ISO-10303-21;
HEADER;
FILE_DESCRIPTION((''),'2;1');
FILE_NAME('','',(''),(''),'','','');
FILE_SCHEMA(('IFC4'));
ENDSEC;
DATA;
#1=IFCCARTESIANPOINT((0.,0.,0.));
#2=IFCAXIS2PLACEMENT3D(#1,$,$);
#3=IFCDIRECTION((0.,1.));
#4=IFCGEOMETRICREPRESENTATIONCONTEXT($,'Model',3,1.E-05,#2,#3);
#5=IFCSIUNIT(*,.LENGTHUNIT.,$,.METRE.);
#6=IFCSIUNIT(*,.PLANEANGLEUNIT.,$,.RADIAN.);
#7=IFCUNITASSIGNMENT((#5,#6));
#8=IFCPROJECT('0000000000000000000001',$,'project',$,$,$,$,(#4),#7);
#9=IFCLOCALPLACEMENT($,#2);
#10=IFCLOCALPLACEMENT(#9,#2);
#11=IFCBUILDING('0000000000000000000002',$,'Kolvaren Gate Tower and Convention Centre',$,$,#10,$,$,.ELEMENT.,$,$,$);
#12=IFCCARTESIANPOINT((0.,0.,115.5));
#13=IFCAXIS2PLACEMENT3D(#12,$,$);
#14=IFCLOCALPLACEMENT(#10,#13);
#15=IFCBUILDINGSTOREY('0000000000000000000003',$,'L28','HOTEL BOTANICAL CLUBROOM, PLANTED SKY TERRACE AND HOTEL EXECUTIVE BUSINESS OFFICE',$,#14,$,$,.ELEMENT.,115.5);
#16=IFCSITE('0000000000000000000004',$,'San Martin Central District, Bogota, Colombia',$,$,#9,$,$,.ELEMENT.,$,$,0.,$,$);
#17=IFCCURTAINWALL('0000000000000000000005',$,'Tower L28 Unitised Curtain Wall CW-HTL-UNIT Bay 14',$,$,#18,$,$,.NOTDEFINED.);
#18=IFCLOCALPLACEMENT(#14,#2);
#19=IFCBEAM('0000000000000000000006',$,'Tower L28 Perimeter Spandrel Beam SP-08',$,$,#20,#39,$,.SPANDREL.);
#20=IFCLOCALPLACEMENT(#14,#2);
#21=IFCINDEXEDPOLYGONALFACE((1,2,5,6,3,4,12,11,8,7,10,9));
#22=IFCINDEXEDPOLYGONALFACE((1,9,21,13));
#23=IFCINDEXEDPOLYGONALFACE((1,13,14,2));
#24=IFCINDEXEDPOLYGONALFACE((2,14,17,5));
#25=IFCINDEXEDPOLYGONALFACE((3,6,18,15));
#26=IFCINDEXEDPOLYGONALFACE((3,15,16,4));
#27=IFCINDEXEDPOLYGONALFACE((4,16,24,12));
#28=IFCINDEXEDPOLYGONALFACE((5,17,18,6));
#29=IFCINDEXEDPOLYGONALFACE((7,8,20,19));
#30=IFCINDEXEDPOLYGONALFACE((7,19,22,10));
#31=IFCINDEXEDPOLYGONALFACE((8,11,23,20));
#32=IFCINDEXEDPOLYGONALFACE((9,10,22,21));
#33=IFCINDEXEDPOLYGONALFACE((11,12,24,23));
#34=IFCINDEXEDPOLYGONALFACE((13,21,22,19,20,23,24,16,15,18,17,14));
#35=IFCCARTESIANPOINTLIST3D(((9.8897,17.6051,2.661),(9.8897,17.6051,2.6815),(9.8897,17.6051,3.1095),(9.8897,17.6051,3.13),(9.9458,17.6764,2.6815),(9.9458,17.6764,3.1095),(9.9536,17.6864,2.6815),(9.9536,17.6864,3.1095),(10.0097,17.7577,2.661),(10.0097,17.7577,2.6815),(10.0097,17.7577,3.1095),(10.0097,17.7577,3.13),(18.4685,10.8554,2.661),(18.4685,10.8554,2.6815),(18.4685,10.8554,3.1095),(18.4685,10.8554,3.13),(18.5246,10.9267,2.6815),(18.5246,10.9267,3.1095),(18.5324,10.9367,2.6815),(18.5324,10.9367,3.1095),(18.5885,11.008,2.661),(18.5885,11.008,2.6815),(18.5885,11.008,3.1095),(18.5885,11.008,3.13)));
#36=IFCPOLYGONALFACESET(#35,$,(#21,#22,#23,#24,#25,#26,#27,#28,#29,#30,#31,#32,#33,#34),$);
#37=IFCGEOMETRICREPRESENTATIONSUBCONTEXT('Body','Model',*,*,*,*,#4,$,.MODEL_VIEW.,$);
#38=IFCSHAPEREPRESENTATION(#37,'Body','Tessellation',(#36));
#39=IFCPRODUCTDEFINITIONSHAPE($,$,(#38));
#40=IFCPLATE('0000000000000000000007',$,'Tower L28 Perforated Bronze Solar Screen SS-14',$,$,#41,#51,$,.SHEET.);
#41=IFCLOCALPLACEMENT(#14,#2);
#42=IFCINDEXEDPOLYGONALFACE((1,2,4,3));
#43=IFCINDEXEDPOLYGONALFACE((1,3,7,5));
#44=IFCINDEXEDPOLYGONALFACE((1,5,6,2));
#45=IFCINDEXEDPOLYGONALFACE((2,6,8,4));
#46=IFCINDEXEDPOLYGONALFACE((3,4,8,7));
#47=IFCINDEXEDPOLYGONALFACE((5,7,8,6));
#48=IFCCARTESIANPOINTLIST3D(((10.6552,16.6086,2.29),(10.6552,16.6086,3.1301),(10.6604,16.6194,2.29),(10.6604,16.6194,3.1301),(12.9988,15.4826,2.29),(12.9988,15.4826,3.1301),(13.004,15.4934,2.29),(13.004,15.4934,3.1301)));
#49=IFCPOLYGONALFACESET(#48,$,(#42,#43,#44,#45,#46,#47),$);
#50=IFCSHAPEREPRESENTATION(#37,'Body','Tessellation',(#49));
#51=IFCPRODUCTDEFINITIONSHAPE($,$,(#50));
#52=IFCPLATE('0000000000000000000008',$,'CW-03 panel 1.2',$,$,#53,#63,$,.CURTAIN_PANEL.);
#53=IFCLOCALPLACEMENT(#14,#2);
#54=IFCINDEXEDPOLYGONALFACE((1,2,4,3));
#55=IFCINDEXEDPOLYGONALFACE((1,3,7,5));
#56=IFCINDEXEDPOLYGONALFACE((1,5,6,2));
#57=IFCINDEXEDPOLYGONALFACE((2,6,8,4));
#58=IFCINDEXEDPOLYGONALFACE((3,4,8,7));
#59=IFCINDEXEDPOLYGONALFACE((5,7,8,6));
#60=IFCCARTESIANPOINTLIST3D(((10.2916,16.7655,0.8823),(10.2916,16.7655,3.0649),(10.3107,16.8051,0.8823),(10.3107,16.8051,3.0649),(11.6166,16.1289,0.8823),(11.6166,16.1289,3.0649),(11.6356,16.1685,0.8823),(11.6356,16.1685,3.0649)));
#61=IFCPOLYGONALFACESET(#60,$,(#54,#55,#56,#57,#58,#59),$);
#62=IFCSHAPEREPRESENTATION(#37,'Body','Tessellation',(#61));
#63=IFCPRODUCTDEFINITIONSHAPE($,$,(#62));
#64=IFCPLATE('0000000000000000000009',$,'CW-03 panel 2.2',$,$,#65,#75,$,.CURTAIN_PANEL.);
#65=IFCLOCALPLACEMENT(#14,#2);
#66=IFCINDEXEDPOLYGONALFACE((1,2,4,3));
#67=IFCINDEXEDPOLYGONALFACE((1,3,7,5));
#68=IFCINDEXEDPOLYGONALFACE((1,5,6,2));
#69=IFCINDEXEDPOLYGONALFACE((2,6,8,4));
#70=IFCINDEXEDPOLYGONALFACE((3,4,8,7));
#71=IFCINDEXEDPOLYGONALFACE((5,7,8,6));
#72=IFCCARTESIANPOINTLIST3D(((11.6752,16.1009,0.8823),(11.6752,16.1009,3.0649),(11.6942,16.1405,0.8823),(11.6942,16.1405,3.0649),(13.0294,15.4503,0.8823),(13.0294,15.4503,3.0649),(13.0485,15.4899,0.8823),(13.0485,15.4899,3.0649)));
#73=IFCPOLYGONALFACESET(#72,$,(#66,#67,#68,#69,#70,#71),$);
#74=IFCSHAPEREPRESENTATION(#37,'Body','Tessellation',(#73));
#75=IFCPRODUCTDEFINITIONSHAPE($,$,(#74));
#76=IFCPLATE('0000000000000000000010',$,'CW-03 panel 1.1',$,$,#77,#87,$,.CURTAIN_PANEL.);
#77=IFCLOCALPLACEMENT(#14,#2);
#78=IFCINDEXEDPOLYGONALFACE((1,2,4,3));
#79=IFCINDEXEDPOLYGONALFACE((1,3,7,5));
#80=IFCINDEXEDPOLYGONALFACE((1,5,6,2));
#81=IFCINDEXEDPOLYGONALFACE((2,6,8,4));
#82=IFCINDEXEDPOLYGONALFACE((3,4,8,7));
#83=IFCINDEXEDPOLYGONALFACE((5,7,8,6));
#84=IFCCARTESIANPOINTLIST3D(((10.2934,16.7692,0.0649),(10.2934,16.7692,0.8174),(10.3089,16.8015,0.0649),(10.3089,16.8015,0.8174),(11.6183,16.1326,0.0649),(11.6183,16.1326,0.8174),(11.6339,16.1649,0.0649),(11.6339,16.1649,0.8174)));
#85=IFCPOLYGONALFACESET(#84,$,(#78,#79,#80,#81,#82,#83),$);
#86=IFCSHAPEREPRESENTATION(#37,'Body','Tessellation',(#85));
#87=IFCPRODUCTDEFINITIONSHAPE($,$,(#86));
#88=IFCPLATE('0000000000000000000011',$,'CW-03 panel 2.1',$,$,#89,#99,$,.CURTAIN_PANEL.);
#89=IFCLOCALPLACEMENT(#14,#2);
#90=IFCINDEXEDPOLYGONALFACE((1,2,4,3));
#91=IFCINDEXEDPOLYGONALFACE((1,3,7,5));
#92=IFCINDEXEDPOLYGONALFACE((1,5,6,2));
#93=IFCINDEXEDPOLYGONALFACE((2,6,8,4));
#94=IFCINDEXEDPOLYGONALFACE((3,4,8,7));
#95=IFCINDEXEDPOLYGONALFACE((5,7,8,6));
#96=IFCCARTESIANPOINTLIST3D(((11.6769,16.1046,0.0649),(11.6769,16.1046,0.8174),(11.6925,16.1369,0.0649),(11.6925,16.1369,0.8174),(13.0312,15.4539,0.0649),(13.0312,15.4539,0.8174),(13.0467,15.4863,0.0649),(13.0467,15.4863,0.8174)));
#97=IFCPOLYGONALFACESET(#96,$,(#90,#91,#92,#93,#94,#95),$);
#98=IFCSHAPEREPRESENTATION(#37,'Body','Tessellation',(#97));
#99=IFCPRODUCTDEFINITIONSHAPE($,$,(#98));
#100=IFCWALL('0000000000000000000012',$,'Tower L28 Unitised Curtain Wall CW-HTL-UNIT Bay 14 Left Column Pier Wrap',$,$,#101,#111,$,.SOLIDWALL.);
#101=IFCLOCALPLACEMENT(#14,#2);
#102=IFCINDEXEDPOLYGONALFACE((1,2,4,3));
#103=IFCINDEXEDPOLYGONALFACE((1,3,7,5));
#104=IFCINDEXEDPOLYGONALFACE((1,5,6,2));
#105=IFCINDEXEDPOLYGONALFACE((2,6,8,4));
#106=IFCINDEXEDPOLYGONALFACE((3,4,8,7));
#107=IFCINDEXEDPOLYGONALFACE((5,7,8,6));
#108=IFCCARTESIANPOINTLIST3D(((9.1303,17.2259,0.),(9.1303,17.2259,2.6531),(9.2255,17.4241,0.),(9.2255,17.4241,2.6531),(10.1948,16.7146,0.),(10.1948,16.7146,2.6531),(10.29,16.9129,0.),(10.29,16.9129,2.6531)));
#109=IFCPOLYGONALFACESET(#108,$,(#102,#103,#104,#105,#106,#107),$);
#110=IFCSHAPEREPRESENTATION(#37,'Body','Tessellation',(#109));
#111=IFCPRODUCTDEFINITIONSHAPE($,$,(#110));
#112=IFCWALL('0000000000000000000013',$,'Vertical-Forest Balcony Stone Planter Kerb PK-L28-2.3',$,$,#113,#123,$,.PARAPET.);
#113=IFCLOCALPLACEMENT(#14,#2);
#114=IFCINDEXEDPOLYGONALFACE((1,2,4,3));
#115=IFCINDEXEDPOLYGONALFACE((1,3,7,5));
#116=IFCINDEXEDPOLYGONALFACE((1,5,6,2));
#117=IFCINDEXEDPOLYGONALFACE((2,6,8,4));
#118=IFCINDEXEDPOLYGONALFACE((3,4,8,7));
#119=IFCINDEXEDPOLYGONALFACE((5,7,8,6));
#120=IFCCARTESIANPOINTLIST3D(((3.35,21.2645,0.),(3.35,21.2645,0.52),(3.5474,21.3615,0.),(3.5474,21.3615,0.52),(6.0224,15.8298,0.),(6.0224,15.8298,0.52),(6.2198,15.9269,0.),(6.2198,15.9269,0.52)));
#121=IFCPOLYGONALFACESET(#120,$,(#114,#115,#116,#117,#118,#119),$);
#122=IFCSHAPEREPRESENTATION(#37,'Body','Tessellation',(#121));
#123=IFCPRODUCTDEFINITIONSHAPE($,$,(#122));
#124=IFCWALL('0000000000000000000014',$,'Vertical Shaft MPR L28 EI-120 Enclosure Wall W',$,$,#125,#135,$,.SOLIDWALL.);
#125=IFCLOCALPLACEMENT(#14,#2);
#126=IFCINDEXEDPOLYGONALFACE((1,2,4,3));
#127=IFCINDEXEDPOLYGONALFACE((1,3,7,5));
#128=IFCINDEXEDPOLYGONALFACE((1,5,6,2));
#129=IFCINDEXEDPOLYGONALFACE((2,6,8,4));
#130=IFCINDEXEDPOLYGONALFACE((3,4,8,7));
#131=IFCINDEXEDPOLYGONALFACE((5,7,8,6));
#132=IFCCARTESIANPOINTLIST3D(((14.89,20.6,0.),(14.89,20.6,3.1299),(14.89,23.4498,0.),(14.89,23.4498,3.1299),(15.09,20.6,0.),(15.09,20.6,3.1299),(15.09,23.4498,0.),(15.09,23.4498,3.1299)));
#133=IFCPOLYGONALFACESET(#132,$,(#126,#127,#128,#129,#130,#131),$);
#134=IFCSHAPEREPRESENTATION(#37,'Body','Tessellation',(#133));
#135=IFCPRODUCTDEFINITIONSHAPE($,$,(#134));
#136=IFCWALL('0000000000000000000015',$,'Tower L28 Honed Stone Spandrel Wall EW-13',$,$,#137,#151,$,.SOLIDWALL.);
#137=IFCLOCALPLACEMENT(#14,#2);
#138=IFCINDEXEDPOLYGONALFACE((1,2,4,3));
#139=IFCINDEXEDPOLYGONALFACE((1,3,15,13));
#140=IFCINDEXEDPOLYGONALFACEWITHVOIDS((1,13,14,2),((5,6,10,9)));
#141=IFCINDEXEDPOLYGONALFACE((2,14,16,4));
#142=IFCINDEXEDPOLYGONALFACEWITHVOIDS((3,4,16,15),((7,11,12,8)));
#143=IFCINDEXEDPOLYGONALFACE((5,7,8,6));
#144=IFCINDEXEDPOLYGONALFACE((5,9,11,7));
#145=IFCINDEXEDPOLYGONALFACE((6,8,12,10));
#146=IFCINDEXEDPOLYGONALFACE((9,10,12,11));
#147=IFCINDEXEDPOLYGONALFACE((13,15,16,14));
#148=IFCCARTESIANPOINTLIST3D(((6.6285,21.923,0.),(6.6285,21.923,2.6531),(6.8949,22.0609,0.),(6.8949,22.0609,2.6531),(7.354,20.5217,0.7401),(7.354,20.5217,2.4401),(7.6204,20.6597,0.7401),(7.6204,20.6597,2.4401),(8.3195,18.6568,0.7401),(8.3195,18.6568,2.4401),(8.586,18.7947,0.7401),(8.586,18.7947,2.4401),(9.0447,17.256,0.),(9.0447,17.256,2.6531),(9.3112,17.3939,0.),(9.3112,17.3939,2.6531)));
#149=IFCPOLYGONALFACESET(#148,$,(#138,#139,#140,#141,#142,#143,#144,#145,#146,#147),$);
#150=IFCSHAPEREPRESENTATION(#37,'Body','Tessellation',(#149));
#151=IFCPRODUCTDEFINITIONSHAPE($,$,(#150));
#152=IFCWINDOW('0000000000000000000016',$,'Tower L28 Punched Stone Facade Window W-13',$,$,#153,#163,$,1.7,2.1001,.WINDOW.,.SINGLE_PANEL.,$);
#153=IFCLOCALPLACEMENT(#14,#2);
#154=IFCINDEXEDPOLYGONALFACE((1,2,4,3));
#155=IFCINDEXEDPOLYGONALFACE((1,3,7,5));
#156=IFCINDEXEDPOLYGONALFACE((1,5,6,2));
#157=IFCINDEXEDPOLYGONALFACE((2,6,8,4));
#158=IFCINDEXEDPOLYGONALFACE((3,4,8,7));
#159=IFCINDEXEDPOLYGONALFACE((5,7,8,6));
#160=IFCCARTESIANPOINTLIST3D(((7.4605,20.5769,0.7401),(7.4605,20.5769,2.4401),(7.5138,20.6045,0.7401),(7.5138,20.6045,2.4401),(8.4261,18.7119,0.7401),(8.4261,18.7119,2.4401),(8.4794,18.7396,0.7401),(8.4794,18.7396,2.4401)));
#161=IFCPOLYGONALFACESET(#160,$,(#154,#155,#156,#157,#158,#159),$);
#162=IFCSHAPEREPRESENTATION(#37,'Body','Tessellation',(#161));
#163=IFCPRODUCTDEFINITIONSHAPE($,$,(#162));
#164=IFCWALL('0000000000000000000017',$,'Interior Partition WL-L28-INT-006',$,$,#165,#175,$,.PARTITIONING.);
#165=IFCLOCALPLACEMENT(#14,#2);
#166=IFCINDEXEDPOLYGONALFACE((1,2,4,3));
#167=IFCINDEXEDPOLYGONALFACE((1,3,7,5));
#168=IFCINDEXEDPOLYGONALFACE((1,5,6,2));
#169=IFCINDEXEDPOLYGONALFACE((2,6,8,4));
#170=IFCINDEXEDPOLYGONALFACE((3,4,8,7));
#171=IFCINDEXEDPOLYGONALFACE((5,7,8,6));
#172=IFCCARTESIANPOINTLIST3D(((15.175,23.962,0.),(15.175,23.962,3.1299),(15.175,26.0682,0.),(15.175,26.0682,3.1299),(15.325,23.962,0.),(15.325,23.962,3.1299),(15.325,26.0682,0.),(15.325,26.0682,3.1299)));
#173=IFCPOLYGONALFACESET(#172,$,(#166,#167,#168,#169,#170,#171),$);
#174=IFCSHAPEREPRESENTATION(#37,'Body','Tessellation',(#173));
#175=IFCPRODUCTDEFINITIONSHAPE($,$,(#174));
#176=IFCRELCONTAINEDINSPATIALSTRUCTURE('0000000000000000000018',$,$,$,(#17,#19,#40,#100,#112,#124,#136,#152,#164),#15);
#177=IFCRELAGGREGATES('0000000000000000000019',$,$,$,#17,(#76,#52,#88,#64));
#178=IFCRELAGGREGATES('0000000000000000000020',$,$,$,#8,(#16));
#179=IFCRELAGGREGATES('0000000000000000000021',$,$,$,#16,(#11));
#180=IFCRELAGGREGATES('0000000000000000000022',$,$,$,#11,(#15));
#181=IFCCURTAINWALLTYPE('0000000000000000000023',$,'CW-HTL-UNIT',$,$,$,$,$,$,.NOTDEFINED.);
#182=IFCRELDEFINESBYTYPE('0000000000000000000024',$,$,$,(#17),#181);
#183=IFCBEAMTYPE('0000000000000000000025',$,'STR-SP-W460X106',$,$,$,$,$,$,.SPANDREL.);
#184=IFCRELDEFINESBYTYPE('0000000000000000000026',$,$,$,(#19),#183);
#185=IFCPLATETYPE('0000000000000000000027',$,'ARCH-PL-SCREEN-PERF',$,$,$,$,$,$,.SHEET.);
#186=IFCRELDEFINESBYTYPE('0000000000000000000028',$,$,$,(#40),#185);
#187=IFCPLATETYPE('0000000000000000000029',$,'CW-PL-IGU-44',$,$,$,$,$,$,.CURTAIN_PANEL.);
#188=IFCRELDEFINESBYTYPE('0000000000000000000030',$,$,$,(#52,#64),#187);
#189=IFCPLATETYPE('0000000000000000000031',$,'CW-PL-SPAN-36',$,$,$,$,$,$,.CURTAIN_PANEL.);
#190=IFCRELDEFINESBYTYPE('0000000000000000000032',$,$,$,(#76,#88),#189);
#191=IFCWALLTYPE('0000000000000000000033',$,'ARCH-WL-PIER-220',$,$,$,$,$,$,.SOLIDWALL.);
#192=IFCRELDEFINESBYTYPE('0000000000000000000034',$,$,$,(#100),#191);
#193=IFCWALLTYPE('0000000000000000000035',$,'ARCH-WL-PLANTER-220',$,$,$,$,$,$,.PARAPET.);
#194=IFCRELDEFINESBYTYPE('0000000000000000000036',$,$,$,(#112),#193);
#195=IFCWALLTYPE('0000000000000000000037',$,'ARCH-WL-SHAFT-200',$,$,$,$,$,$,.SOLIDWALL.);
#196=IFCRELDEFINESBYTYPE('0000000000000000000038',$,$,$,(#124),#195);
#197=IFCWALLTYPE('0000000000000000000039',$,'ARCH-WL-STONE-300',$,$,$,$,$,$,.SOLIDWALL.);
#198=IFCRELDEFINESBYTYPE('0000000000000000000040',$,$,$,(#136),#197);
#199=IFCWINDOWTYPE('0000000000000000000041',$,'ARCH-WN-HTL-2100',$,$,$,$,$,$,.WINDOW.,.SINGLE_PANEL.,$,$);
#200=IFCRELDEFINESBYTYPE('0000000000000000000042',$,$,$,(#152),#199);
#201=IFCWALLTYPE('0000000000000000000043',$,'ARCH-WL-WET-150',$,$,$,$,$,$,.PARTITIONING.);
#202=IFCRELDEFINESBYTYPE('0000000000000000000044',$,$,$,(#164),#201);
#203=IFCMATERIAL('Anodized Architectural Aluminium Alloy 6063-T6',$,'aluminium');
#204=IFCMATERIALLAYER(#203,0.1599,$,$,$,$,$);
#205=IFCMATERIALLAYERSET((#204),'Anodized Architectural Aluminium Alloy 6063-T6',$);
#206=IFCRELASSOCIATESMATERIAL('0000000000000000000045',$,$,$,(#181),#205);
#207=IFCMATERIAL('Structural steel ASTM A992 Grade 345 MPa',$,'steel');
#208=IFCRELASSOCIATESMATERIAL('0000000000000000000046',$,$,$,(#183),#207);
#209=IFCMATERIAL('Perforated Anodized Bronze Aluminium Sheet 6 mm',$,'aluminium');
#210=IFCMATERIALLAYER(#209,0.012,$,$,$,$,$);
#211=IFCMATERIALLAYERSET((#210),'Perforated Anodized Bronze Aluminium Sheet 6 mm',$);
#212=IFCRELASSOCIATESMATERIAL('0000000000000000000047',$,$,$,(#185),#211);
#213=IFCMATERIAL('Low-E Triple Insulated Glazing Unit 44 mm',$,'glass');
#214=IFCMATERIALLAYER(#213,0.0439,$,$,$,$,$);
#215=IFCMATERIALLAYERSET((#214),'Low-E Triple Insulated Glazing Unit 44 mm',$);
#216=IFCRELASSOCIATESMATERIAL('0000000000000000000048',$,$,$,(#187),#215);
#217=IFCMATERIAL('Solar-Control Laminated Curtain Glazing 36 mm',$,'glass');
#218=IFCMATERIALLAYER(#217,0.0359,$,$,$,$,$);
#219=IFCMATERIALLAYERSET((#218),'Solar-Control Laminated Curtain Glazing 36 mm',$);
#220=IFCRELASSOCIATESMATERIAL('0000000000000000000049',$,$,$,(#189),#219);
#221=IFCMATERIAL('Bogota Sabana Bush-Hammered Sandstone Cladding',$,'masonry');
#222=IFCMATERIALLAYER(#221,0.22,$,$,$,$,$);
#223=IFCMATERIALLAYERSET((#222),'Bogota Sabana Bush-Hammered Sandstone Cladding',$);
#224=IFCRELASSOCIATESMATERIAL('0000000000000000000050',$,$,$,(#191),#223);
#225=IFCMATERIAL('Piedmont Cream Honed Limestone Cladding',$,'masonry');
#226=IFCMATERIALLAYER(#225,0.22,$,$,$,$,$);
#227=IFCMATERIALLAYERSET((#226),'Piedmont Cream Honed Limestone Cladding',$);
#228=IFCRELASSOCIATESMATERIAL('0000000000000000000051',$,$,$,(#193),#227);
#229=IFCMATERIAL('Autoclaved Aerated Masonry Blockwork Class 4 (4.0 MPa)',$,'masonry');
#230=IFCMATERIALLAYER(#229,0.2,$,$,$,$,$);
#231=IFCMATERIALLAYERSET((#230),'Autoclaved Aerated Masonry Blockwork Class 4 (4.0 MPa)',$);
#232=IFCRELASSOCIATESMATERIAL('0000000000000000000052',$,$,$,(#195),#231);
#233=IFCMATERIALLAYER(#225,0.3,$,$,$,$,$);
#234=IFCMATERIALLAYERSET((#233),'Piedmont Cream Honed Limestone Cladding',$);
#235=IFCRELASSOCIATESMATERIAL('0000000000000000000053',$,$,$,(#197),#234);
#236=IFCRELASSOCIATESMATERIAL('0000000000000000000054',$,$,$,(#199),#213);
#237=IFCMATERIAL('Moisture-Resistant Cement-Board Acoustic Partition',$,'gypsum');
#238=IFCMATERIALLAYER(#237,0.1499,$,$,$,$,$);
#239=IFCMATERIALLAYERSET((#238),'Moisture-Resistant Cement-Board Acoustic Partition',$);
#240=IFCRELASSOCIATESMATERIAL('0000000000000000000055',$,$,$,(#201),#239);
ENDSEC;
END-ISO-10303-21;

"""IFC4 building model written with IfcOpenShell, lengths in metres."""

from ifc_helpers import new_model, si_unit, direction, frame, frame_2d, origin, origin_2d, place, context, subcontext, project, spatial, rectangle, i_section, extrude, material, layer, layer_set, material_profile, profile_set, type_object, element, fill, aggregate, save


model = new_model("IFC4")

# Units and contexts
model_context = context("Model", 3, precision=1e-05, world=origin(), true_north=direction((0.0, 1.0)))
body_context = subcontext(model_context, "Body", "Model", "MODEL_VIEW")
ifc_project = project(units=[si_unit("LENGTHUNIT", "METRE"), si_unit("PLANEANGLEUNIT", "RADIAN")], contexts=[model_context])

# Site, building, storey
site_placement = place(None, origin())
site = spatial("IfcSite", under=ifc_project, at=site_placement, Name="San Martin Central District, Bogota, Colombia", CompositionType="ELEMENT", RefElevation=0.0)
building_placement = place(site_placement, origin())
building = spatial("IfcBuilding", under=site, at=building_placement, Name="Kolvaren Gate Tower and Convention Centre", CompositionType="ELEMENT")
storey_placement = place(building_placement, frame((0.0, 0.0, 115.5)))
storey = spatial("IfcBuildingStorey", under=building, at=storey_placement, Name="L28", Description="HOTEL BOTANICAL CLUBROOM, PLANTED SKY TERRACE AND HOTEL EXECUTIVE BUSINESS OFFICE", CompositionType="ELEMENT", Elevation=115.5)

# Curtain wall
ifc_material_1 = material(Name="Anodized Architectural Aluminium Alloy 6063-T6", Category="aluminium")
ifc_layer_1 = layer(ifc_material_1, 0.1599)
ifc_layer_set_1 = layer_set([ifc_layer_1], Name="Anodized Architectural Aluminium Alloy 6063-T6")
curtain_wall_type = type_object("IfcCurtainWallType", Name="CW-HTL-UNIT", PredefinedType="NOTDEFINED", material=ifc_layer_set_1)
curtain_wall_placement = place(storey_placement, origin())
curtain_wall = element("IfcCurtainWall", 1, at=curtain_wall_placement, inside=storey, type_object=curtain_wall_type, Name="Tower L28 Unitised Curtain Wall CW-HTL-UNIT Bay 14", PredefinedType="NOTDEFINED")

# Beam
ifc_material_2 = material(Name="Structural steel ASTM A992 Grade 345 MPa", Category="steel")
ifc_material_profile_1 = material_profile(ifc_material_2, i_section(OverallWidth=0.1941, OverallDepth=0.469, WebThickness=0.0127, FlangeThickness=0.0205, at=origin_2d()), Name="W460X106")
ifc_profile_set_1 = profile_set([ifc_material_profile_1], Name="Structural steel ASTM A992 Grade 345 MPa")
beam_type_1 = type_object("IfcBeamType", Name="STR-SP-W460X106", PredefinedType="SPANDREL", material=ifc_profile_set_1)
beam_1_placement = place(storey_placement, frame((9.9497, 17.6814, 2.8955), z_axis=(0.785908, -0.618344, 0.0), x_axis=(0.618344, 0.785908, 0.0)))
element("IfcBeam", 2, at=beam_1_placement, inside=storey, type_object=beam_type_1, Name="Tower L28 Perimeter Spandrel Beam SP-08", PredefinedType="SPANDREL", context=body_context, shape_type="SweptSolid", body=[
    extrude(i_section(OverallWidth=0.1941, OverallDepth=0.469, WebThickness=0.0127, FlangeThickness=0.0205, at=origin_2d()), origin(), (0.0, 0.0, 1.0), 10.9158),
])

# Plates
ifc_material_3 = material(Name="Perforated Anodized Bronze Aluminium Sheet 6 mm", Category="aluminium")
ifc_layer_2 = layer(ifc_material_3, 0.012)
ifc_layer_set_2 = layer_set([ifc_layer_2], Name="Perforated Anodized Bronze Aluminium Sheet 6 mm")
plate_type_1 = type_object("IfcPlateType", Name="ARCH-PL-SCREEN-PERF", PredefinedType="SHEET", material=ifc_layer_set_2)
plate_1_placement = place(storey_placement, frame((11.8296, 16.051, 2.29), z_axis=(0.0, 0.0, 1.0), x_axis=(0.901363, -0.433065, 0.0)))
element("IfcPlate", 3, at=plate_1_placement, inside=storey, type_object=plate_type_1, Name="Tower L28 Perforated Bronze Solar Screen SS-14", PredefinedType="SHEET", context=body_context, shape_type="SweptSolid", body=[
    extrude(rectangle(XDim=2.6001, YDim=0.012, at=origin_2d()), origin(), (0.0, 0.0, 1.0), 0.8401),
])
ifc_material_4 = material(Name="Low-E Triple Insulated Glazing Unit 44 mm", Category="glass")
ifc_layer_3 = layer(ifc_material_4, 0.0439)
ifc_layer_set_3 = layer_set([ifc_layer_3], Name="Low-E Triple Insulated Glazing Unit 44 mm")
plate_type_2 = type_object("IfcPlateType", Name="CW-PL-IGU-44", PredefinedType="CURTAIN_PANEL", material=ifc_layer_set_3)
plate_2_placement = place(storey_placement, frame((10.9636, 16.467, 0.8823), z_axis=(0.0, 0.0, 1.0), x_axis=(0.901359, -0.433073, 0.0)))
plate_2 = element("IfcPlate", 4, at=plate_2_placement, type_object=plate_type_2, Name="CW-03 panel 1.2", PredefinedType="CURTAIN_PANEL", context=body_context, shape_type="SweptSolid", body=[
    extrude(rectangle(XDim=1.47, YDim=0.0439, at=origin_2d()), origin(), (0.0, 0.0, 1.0), 2.1826),
])
plate_3_placement = place(storey_placement, frame((12.3618, 15.7954, 0.8823), z_axis=(0.0, 0.0, 1.0), x_axis=(0.901359, -0.433073, 0.0)))
plate_3 = element("IfcPlate", 5, at=plate_3_placement, type_object=plate_type_2, Name="CW-03 panel 2.2", PredefinedType="CURTAIN_PANEL", context=body_context, shape_type="SweptSolid", body=[
    extrude(rectangle(XDim=1.5024, YDim=0.0439, at=origin_2d()), origin(), (0.0, 0.0, 1.0), 2.1826),
])
ifc_material_5 = material(Name="Solar-Control Laminated Curtain Glazing 36 mm", Category="glass")
ifc_layer_4 = layer(ifc_material_5, 0.0359)
ifc_layer_set_4 = layer_set([ifc_layer_4], Name="Solar-Control Laminated Curtain Glazing 36 mm")
plate_type_3 = type_object("IfcPlateType", Name="CW-PL-SPAN-36", PredefinedType="CURTAIN_PANEL", material=ifc_layer_set_4)
plate_4_placement = place(storey_placement, frame((10.9636, 16.467, 0.0649), z_axis=(0.0, 0.0, 1.0), x_axis=(0.901359, -0.433073, 0.0)))
plate_4 = element("IfcPlate", 6, at=plate_4_placement, type_object=plate_type_3, Name="CW-03 panel 1.1", PredefinedType="CURTAIN_PANEL", context=body_context, shape_type="SweptSolid", body=[
    extrude(rectangle(XDim=1.47, YDim=0.0359, at=origin_2d()), origin(), (0.0, 0.0, 1.0), 0.7524),
])
plate_5_placement = place(storey_placement, frame((12.3618, 15.7954, 0.0649), z_axis=(0.0, 0.0, 1.0), x_axis=(0.901359, -0.433073, 0.0)))
plate_5 = element("IfcPlate", 7, at=plate_5_placement, type_object=plate_type_3, Name="CW-03 panel 2.1", PredefinedType="CURTAIN_PANEL", context=body_context, shape_type="SweptSolid", body=[
    extrude(rectangle(XDim=1.5024, YDim=0.0359, at=origin_2d()), origin(), (0.0, 0.0, 1.0), 0.7524),
])
aggregate(curtain_wall, [plate_4, plate_2, plate_5, plate_3])

# Walls
ifc_material_6 = material(Name="Bogota Sabana Bush-Hammered Sandstone Cladding", Category="masonry")
ifc_layer_5 = layer(ifc_material_6, 0.22)
ifc_layer_set_5 = layer_set([ifc_layer_5], Name="Bogota Sabana Bush-Hammered Sandstone Cladding")
wall_type_1 = type_object("IfcWallType", Name="ARCH-WL-PIER-220", PredefinedType="SOLIDWALL", material=ifc_layer_set_5)
wall_1_placement = place(storey_placement, frame((9.178, 17.325, 0.0), z_axis=(0.0, 0.0, 1.0), x_axis=(0.901426, -0.432933, 0.0)))
element("IfcWall", 8, at=wall_1_placement, inside=storey, type_object=wall_type_1, Name="Tower L28 Unitised Curtain Wall CW-HTL-UNIT Bay 14 Left Column Pier Wrap", PredefinedType="SOLIDWALL", context=body_context, shape_type="SweptSolid", body=[
    extrude(rectangle(XDim=1.1809, YDim=0.22, at=frame_2d((0.5903, 0.0))), origin(), (0.0, 0.0, 1.0), 2.6531),
])
ifc_material_7 = material(Name="Piedmont Cream Honed Limestone Cladding", Category="masonry")
ifc_layer_6 = layer(ifc_material_7, 0.22)
ifc_layer_set_6 = layer_set([ifc_layer_6], Name="Piedmont Cream Honed Limestone Cladding")
wall_type_2 = type_object("IfcWallType", Name="ARCH-WL-PLANTER-220", PredefinedType="PARAPET", material=ifc_layer_set_6)
wall_2_placement = place(storey_placement, frame((3.4487, 21.313, 0.0), z_axis=(0.0, 0.0, 1.0), x_axis=(0.44127, -0.897375, 0.0)))
element("IfcWall", 9, at=wall_2_placement, inside=storey, type_object=wall_type_2, Name="Vertical-Forest Balcony Stone Planter Kerb PK-L28-2.3", PredefinedType="PARAPET", context=body_context, shape_type="SweptSolid", body=[
    extrude(rectangle(XDim=6.0562, YDim=0.22, at=frame_2d((3.0281, 0.0))), origin(), (0.0, 0.0, 1.0), 0.52),
])
ifc_material_8 = material(Name="Autoclaved Aerated Masonry Blockwork Class 4 (4.0 MPa)", Category="masonry")
ifc_layer_7 = layer(ifc_material_8, 0.2)
ifc_layer_set_7 = layer_set([ifc_layer_7], Name="Autoclaved Aerated Masonry Blockwork Class 4 (4.0 MPa)")
wall_type_3 = type_object("IfcWallType", Name="ARCH-WL-SHAFT-200", PredefinedType="SOLIDWALL", material=ifc_layer_set_7)
wall_3_placement = place(storey_placement, frame((14.99, 20.6001, 0.0), z_axis=(0.0, 0.0, 1.0), x_axis=(0.0, 1.0, 0.0)))
element("IfcWall", 10, at=wall_3_placement, inside=storey, type_object=wall_type_3, Name="Vertical Shaft MPR L28 EI-120 Enclosure Wall W", PredefinedType="SOLIDWALL", context=body_context, shape_type="SweptSolid", body=[
    extrude(rectangle(XDim=2.8499, YDim=0.2, at=frame_2d((1.4248, 0.0))), origin(), (0.0, 0.0, 1.0), 3.1299),
])

# Wall, opening, window
ifc_layer_8 = layer(ifc_material_7, 0.3)
ifc_layer_set_8 = layer_set([ifc_layer_8], Name="Piedmont Cream Honed Limestone Cladding")
wall_type_4 = type_object("IfcWallType", Name="ARCH-WL-STONE-300", PredefinedType="SOLIDWALL", material=ifc_layer_set_8)
wall_4_placement = place(storey_placement, frame((6.7617, 21.9919, 0.0), z_axis=(0.0, 0.0, 1.0), x_axis=(0.459768, -0.888039, 0.0)))
wall_4 = element("IfcWall", 11, at=wall_4_placement, inside=storey, type_object=wall_type_4, Name="Tower L28 Honed Stone Spandrel Wall EW-13", PredefinedType="SOLIDWALL", context=body_context, shape_type="SweptSolid", body=[
    extrude(rectangle(XDim=5.2554, YDim=0.3, at=frame_2d((2.6277, 0.0))), origin(), (0.0, 0.0, 1.0), 2.6531),
])
opening_placement = place(wall_4_placement, frame((1.5779, 0.0, 0.74)))
opening = element("IfcOpeningElement", 12, at=opening_placement, cuts=wall_4, PredefinedType="OPENING", context=body_context, shape_type="SweptSolid", body=[
    extrude(rectangle(XDim=2.1001, YDim=1.7, at=frame_2d((1.05, 0.8501))), frame((0.0, 0.1599, 0.0), z_axis=(0.0, -1.0, 0.0), x_axis=(1.0, 0.0, 0.0)), (0.0, 0.0, 1.0), 0.3201),
])
window_type = type_object("IfcWindowType", Name="ARCH-WN-HTL-2100", PartitioningType="SINGLE_PANEL", PredefinedType="WINDOW", material=ifc_material_4)
window_placement = place(opening_placement, origin())
window = element("IfcWindow", 13, at=window_placement, inside=storey, type_object=window_type, Name="Tower L28 Punched Stone Facade Window W-13", OverallHeight=1.7, OverallWidth=2.1001, PartitioningType="SINGLE_PANEL", PredefinedType="WINDOW", context=body_context, shape_type="SweptSolid", body=[
    extrude(rectangle(XDim=2.1001, YDim=1.7, at=frame_2d((1.05, 0.8501))), frame((0.0, 0.03, 0.0), z_axis=(0.0, -1.0, 0.0), x_axis=(1.0, 0.0, 0.0)), (0.0, 0.0, 1.0), 0.0601),
])
fill(opening, window)

# Wall
ifc_material_9 = material(Name="Moisture-Resistant Cement-Board Acoustic Partition", Category="gypsum")
ifc_layer_9 = layer(ifc_material_9, 0.1499)
ifc_layer_set_9 = layer_set([ifc_layer_9], Name="Moisture-Resistant Cement-Board Acoustic Partition")
wall_type_5 = type_object("IfcWallType", Name="ARCH-WL-WET-150", PredefinedType="PARTITIONING", material=ifc_layer_set_9)
wall_5_placement = place(storey_placement, frame((15.25, 23.9619, 0.0), z_axis=(0.0, 0.0, 1.0), x_axis=(0.0, 1.0, 0.0)))
element("IfcWall", 14, at=wall_5_placement, inside=storey, type_object=wall_type_5, Name="Interior Partition WL-L28-INT-006", PredefinedType="PARTITIONING", context=body_context, shape_type="SweptSolid", body=[
    extrude(rectangle(XDim=2.1062, YDim=0.1499, at=frame_2d((1.0532, 0.0))), origin(), (0.0, 0.0, 1.0), 3.1299),
])

save(model, "model.ifc")
